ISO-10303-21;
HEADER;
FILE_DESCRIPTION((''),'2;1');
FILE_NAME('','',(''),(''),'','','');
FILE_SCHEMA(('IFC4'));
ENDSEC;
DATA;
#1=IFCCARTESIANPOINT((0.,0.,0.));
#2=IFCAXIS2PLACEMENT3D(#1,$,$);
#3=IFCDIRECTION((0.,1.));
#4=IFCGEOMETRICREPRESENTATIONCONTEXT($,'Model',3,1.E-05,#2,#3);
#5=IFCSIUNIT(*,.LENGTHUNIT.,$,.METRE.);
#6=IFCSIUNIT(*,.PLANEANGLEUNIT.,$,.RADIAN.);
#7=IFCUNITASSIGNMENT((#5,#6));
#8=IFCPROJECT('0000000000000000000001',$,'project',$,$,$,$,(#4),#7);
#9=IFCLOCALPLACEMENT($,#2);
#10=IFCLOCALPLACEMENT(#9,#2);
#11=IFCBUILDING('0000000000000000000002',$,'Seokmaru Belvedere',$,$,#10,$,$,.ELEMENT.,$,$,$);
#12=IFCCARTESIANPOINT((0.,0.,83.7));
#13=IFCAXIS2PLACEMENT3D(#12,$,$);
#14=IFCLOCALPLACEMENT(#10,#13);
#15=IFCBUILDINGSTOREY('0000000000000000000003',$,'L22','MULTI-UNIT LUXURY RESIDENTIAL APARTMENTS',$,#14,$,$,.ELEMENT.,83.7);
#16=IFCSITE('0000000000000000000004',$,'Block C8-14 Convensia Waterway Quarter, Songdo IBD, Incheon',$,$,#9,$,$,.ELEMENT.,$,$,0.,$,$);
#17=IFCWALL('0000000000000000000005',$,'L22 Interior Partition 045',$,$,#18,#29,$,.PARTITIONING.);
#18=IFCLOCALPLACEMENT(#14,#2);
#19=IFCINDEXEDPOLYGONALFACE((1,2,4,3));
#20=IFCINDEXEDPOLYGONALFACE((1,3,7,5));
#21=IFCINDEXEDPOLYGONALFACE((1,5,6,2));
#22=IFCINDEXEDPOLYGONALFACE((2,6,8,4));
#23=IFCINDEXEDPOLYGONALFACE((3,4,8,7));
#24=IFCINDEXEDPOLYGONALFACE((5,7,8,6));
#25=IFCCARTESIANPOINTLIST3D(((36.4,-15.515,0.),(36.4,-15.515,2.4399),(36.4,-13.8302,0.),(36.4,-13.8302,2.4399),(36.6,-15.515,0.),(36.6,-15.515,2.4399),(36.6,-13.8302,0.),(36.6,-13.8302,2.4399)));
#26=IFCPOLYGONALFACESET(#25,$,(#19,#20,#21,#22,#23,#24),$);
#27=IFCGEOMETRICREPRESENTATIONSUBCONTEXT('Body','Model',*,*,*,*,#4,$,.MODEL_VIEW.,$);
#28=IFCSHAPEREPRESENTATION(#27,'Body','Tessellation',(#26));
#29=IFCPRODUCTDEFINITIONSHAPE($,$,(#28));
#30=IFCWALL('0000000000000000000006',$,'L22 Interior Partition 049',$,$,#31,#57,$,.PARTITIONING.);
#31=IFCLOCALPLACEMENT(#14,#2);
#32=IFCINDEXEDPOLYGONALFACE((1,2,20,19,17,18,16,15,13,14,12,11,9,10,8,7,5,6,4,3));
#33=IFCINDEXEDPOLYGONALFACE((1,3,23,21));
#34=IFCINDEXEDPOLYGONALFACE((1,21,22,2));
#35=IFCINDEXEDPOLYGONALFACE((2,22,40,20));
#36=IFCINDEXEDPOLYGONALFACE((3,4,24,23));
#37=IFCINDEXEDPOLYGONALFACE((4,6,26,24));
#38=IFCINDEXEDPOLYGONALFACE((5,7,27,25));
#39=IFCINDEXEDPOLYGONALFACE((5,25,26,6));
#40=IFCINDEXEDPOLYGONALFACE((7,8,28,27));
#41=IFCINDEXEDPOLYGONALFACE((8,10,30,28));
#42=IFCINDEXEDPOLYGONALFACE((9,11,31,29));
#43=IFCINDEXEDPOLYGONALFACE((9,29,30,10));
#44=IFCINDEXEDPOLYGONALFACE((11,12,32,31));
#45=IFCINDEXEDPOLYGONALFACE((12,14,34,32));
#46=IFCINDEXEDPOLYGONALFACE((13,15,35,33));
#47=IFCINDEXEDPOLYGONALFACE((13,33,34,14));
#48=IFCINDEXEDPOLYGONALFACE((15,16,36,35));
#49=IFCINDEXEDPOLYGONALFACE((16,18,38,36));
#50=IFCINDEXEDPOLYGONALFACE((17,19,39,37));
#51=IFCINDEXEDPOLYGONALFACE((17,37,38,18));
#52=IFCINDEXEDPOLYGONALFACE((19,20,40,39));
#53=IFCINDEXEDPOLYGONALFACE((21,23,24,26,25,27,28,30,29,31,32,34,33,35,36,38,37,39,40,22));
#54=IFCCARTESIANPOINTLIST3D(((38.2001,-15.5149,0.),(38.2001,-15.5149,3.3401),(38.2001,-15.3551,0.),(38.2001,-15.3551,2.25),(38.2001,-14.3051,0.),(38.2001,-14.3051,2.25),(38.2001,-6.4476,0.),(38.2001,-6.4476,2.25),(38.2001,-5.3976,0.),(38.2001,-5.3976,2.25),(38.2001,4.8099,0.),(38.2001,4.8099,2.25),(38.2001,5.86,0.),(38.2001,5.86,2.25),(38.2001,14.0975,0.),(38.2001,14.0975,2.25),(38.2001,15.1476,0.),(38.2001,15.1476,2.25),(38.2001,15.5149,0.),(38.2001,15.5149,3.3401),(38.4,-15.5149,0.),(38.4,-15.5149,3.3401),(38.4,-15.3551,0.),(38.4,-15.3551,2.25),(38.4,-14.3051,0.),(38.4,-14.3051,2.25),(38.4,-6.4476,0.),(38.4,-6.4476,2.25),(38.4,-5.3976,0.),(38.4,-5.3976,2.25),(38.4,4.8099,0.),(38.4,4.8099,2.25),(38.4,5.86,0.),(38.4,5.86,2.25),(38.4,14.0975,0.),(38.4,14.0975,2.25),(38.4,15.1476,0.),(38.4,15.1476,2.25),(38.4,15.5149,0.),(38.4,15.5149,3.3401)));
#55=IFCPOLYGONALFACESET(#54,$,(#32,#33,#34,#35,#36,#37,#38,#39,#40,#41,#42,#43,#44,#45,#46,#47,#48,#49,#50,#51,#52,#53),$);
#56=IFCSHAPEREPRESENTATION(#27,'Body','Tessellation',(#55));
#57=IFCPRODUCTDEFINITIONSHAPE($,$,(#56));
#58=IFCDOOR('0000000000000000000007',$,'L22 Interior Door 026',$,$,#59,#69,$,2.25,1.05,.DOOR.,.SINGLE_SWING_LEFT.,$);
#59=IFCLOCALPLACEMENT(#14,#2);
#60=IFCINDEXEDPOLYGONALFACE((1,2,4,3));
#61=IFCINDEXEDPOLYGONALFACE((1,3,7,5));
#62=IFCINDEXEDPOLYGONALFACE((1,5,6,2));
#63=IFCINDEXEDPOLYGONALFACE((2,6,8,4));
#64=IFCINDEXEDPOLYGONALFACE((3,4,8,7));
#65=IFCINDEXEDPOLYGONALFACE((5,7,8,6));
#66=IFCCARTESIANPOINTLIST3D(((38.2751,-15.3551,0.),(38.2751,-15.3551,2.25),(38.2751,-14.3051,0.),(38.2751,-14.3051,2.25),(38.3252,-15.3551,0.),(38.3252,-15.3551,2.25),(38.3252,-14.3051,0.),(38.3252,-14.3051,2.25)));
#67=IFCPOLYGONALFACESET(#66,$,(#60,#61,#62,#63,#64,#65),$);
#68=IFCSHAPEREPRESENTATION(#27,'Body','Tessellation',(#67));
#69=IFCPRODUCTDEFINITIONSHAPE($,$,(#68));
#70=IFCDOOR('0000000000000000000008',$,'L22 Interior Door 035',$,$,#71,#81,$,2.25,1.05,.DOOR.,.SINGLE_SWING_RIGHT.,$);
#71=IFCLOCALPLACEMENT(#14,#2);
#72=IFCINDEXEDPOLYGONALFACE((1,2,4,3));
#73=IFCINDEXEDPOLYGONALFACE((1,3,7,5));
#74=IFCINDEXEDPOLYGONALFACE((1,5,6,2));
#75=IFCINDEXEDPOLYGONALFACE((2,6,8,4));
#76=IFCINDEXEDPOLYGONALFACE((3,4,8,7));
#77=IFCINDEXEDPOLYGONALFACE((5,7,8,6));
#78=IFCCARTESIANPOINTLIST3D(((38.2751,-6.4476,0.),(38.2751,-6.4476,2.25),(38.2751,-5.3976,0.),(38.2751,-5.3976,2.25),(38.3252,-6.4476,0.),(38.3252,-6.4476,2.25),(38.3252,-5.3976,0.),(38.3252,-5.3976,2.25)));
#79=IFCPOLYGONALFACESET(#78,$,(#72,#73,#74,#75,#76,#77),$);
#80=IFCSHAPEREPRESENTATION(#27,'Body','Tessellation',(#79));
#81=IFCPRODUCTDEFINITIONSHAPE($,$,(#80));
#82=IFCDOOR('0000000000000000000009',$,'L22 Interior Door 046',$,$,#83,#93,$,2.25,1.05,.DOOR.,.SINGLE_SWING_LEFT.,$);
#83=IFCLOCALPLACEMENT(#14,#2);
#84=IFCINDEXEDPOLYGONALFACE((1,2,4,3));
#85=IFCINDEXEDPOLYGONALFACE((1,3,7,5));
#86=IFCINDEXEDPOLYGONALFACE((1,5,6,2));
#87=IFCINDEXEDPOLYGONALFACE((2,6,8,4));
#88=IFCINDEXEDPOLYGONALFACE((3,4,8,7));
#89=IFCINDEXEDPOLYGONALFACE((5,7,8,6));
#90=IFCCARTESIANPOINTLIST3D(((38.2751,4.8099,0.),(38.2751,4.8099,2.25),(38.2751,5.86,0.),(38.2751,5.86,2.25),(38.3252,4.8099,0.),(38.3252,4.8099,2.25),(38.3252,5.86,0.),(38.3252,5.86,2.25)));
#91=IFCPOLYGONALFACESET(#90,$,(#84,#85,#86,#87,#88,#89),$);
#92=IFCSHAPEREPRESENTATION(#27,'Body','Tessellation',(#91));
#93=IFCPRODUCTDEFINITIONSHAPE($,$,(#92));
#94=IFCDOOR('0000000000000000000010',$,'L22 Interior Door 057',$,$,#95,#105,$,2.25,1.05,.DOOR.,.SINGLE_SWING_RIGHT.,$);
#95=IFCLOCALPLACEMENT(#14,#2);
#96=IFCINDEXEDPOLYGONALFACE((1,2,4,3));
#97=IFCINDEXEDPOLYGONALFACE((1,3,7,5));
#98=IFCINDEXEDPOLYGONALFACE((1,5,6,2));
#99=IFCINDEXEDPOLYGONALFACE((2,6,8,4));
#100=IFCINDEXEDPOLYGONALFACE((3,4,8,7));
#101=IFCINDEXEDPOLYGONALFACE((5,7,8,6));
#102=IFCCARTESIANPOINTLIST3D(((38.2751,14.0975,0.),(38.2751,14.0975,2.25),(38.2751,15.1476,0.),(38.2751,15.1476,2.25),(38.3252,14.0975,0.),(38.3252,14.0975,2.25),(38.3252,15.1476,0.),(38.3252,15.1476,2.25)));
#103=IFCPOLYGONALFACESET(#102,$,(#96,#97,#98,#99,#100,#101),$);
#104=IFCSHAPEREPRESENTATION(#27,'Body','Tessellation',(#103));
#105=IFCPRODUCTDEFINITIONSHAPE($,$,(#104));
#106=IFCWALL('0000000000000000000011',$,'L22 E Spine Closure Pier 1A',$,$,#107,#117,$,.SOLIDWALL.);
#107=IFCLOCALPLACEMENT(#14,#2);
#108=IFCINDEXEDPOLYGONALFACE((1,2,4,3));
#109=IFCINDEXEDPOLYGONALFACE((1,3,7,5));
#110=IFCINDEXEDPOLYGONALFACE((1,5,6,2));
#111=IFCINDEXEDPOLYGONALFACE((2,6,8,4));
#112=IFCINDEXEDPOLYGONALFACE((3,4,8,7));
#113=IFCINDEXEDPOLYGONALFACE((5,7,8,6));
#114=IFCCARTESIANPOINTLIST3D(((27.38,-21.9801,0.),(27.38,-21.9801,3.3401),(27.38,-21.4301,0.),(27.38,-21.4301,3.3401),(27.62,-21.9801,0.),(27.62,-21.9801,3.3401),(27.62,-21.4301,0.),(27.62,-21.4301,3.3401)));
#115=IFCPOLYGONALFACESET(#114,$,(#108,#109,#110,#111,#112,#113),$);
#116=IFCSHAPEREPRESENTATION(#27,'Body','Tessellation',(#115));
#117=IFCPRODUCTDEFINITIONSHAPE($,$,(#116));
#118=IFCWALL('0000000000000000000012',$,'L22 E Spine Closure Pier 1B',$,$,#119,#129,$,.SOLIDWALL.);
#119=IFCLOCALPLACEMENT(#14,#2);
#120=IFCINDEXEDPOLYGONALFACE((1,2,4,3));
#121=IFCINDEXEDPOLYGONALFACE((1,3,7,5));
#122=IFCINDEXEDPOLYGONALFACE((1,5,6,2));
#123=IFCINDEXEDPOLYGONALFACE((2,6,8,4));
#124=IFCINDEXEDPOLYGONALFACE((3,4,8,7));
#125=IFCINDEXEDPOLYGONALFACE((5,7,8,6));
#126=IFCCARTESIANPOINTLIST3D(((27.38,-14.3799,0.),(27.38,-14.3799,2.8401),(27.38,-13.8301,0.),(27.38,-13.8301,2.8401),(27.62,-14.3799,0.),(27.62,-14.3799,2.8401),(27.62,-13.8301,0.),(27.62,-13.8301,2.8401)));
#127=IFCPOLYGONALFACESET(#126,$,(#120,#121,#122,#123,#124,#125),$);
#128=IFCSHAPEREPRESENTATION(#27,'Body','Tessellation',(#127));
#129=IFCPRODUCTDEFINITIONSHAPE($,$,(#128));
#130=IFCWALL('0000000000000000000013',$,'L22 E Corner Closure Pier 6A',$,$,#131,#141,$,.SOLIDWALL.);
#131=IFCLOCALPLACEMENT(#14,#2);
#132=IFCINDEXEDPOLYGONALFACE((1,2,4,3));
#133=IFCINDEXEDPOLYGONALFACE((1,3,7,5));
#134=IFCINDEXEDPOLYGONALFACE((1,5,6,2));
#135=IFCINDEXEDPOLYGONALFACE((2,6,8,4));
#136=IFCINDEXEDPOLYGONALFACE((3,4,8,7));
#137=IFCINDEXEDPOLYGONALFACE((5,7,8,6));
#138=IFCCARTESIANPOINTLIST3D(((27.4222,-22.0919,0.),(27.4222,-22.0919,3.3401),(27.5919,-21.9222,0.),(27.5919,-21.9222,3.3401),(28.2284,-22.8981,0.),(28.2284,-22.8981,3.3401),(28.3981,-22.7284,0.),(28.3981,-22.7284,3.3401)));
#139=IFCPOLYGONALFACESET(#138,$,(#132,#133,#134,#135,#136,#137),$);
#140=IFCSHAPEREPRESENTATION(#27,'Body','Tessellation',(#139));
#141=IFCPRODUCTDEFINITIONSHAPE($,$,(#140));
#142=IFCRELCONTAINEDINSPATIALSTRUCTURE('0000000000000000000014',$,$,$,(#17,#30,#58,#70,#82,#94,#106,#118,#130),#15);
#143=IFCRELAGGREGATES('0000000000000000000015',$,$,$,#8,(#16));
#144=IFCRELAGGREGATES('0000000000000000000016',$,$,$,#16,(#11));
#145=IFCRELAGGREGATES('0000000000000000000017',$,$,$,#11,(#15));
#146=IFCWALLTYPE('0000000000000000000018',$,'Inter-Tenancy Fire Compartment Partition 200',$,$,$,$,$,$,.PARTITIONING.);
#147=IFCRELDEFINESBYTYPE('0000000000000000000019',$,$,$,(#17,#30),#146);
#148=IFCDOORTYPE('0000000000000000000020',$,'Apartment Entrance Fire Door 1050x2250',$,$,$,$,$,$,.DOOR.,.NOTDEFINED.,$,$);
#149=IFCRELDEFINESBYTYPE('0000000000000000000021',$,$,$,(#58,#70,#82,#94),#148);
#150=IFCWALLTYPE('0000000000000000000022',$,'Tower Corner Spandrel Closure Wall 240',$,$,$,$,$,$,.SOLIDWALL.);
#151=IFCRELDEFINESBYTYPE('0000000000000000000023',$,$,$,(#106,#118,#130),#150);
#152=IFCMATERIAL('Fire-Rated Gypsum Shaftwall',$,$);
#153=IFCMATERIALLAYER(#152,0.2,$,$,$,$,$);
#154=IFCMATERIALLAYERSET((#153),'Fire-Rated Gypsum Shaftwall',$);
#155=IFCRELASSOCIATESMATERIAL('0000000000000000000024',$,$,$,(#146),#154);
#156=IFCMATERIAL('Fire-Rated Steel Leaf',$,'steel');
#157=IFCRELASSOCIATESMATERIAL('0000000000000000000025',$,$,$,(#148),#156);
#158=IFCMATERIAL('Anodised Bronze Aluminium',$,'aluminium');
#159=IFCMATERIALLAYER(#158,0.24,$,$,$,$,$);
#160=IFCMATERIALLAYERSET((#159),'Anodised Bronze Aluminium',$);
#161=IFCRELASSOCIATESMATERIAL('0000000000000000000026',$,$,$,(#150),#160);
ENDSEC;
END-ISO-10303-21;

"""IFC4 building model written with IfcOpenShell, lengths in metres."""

from ifc_helpers import new_model, si_unit, direction, frame, frame_2d, origin, place, context, subcontext, project, spatial, rectangle, extrude, source, transform, mapped, material, layer, layer_set, type_object, type_shapes, element, fill, save


model = new_model("IFC4")

# Units and contexts
model_context = context("Model", 3, precision=1e-05, world=origin(), true_north=direction((0.0, 1.0)))
body_context = subcontext(model_context, "Body", "Model", "MODEL_VIEW")
ifc_project = project(units=[si_unit("LENGTHUNIT", "METRE"), si_unit("PLANEANGLEUNIT", "RADIAN")], contexts=[model_context])

# Site, building, storey
site_placement = place(None, origin())
site = spatial("IfcSite", under=ifc_project, at=site_placement, Name="Block C8-14 Convensia Waterway Quarter, Songdo IBD, Incheon", CompositionType="ELEMENT", RefElevation=0.0)
building_placement = place(site_placement, origin())
building = spatial("IfcBuilding", under=site, at=building_placement, Name="Seokmaru Belvedere", CompositionType="ELEMENT")
storey_placement = place(building_placement, frame((0.0, 0.0, 83.7)))
storey = spatial("IfcBuildingStorey", under=building, at=storey_placement, Name="L22", Description="MULTI-UNIT LUXURY RESIDENTIAL APARTMENTS", CompositionType="ELEMENT", Elevation=83.7)

# Shared definitions
ifc_material_1 = material(Name="Anodised Bronze Aluminium", Category="aluminium")

# Shared definitions
ifc_material_2 = material(Name="Fire-Rated Gypsum Shaftwall")

# Wall
ifc_layer_1 = layer(ifc_material_2, 0.2)
ifc_layer_set_1 = layer_set([ifc_layer_1], Name="Fire-Rated Gypsum Shaftwall")
wall_type_1 = type_object("IfcWallType", Name="Inter-Tenancy Fire Compartment Partition 200", PredefinedType="PARTITIONING", material=ifc_layer_set_1)
wall_1_placement = place(storey_placement, frame((36.5, -15.5149, 0.0), z_axis=(0.0, 0.0, 1.0), x_axis=(0.0, 1.0, 0.0)))
element("IfcWall", 1, at=wall_1_placement, inside=storey, type_object=wall_type_1, Name="L22 Interior Partition 045", PredefinedType="PARTITIONING", context=body_context, shape_type="SweptSolid", body=[
    extrude(rectangle(XDim=1.6848, YDim=0.2, at=frame_2d((0.8423, 0.0))), origin(), (0.0, 0.0, 1.0), 2.4399),
])

# Wall, openings, doors
wall_2_placement = place(storey_placement, frame((38.3, -15.5149, 0.0), z_axis=(0.0, 0.0, 1.0), x_axis=(0.0, 1.0, 0.0)))
wall_2 = element("IfcWall", 2, at=wall_2_placement, inside=storey, type_object=wall_type_1, Name="L22 Interior Partition 049", PredefinedType="PARTITIONING", context=body_context, shape_type="SweptSolid", body=[
    extrude(rectangle(XDim=31.0298, YDim=0.2, at=frame_2d((15.5149, 0.0))), origin(), (0.0, 0.0, 1.0), 3.3401),
])
opening_1_placement = place(wall_2_placement, frame((0.1599, 0.0, 0.0)))
opening_1 = element("IfcOpeningElement", 3, at=opening_1_placement, cuts=wall_2, PredefinedType="OPENING", context=body_context, shape_type="SweptSolid", body=[
    extrude(rectangle(XDim=1.05, YDim=2.25, at=frame_2d((0.5249, 1.125))), frame((0.0, 0.1099, 0.0), z_axis=(0.0, -1.0, 0.0), x_axis=(1.0, 0.0, 0.0)), (0.0, 0.0, 1.0), 0.22),
])
opening_2_placement = place(wall_2_placement, frame((9.0674, 0.0, 0.0)))
opening_2 = element("IfcOpeningElement", 4, at=opening_2_placement, cuts=wall_2, PredefinedType="OPENING", context=body_context, shape_type="SweptSolid", body=[
    extrude(rectangle(XDim=1.05, YDim=2.25, at=frame_2d((0.5249, 1.125))), frame((0.0, 0.1099, 0.0), z_axis=(0.0, -1.0, 0.0), x_axis=(1.0, 0.0, 0.0)), (0.0, 0.0, 1.0), 0.22),
])
opening_3_placement = place(wall_2_placement, frame((20.325, 0.0, 0.0)))
opening_3 = element("IfcOpeningElement", 5, at=opening_3_placement, cuts=wall_2, PredefinedType="OPENING", context=body_context, shape_type="SweptSolid", body=[
    extrude(rectangle(XDim=1.05, YDim=2.25, at=frame_2d((0.5249, 1.125))), frame((0.0, 0.1099, 0.0), z_axis=(0.0, -1.0, 0.0), x_axis=(1.0, 0.0, 0.0)), (0.0, 0.0, 1.0), 0.22),
])
opening_4_placement = place(wall_2_placement, frame((29.6125, 0.0, 0.0)))
opening_4 = element("IfcOpeningElement", 6, at=opening_4_placement, cuts=wall_2, PredefinedType="OPENING", context=body_context, shape_type="SweptSolid", body=[
    extrude(rectangle(XDim=1.05, YDim=2.25, at=frame_2d((0.5249, 1.125))), frame((0.0, 0.1099, 0.0), z_axis=(0.0, -1.0, 0.0), x_axis=(1.0, 0.0, 0.0)), (0.0, 0.0, 1.0), 0.22),
])
ifc_material_3 = material(Name="Fire-Rated Steel Leaf", Category="steel")
door_type = type_object("IfcDoorType", Name="Apartment Entrance Fire Door 1050x2250", OperationType="NOTDEFINED", PredefinedType="DOOR", material=ifc_material_3)
shared_shape_1 = source(origin(), body_context, "Body", "SweptSolid", [
    extrude(rectangle(XDim=1.05, YDim=2.25, at=frame_2d((0.5249, 1.125))), frame((0.0, 0.0249, 0.0), z_axis=(0.0, -1.0, 0.0), x_axis=(1.0, 0.0, 0.0)), (0.0, 0.0, 1.0), 0.05),
])
type_shapes(door_type, [shared_shape_1])
door_1_placement = place(opening_1_placement, origin())
door_1 = element("IfcDoor", 7, at=door_1_placement, inside=storey, type_object=door_type, Name="L22 Interior Door 026", OperationType="SINGLE_SWING_LEFT", OverallHeight=2.25, OverallWidth=1.05, PredefinedType="DOOR", context=body_context, shape_type="MappedRepresentation", body=[
    mapped(shared_shape_1, transform((0.0, 0.0, 0.0), scale=1.0)),
])
fill(opening_1, door_1)
door_2_placement = place(opening_2_placement, origin())
door_2 = element("IfcDoor", 8, at=door_2_placement, inside=storey, type_object=door_type, Name="L22 Interior Door 035", OperationType="SINGLE_SWING_RIGHT", OverallHeight=2.25, OverallWidth=1.05, PredefinedType="DOOR", context=body_context, shape_type="MappedRepresentation", body=[
    mapped(shared_shape_1, transform((0.0, 0.0, 0.0), scale=1.0)),
])
fill(opening_2, door_2)
door_3_placement = place(opening_3_placement, origin())
door_3 = element("IfcDoor", 9, at=door_3_placement, inside=storey, type_object=door_type, Name="L22 Interior Door 046", OperationType="SINGLE_SWING_LEFT", OverallHeight=2.25, OverallWidth=1.05, PredefinedType="DOOR", context=body_context, shape_type="MappedRepresentation", body=[
    mapped(shared_shape_1, transform((0.0, 0.0, 0.0), scale=1.0)),
])
fill(opening_3, door_3)
door_4_placement = place(opening_4_placement, origin())
door_4 = element("IfcDoor", 10, at=door_4_placement, inside=storey, type_object=door_type, Name="L22 Interior Door 057", OperationType="SINGLE_SWING_RIGHT", OverallHeight=2.25, OverallWidth=1.05, PredefinedType="DOOR", context=body_context, shape_type="MappedRepresentation", body=[
    mapped(shared_shape_1, transform((0.0, 0.0, 0.0), scale=1.0)),
])
fill(opening_4, door_4)

# Walls
ifc_layer_2 = layer(ifc_material_1, 0.24)
ifc_layer_set_2 = layer_set([ifc_layer_2], Name="Anodised Bronze Aluminium")
wall_type_2 = type_object("IfcWallType", Name="Tower Corner Spandrel Closure Wall 240", PredefinedType="SOLIDWALL", material=ifc_layer_set_2)
wall_3_placement = place(storey_placement, frame((27.5, -21.98, 0.0), z_axis=(0.0, 0.0, 1.0), x_axis=(0.0, 1.0, 0.0)))
element("IfcWall", 11, at=wall_3_placement, inside=storey, type_object=wall_type_2, Name="L22 E Spine Closure Pier 1A", PredefinedType="SOLIDWALL", context=body_context, shape_type="SweptSolid", body=[
    extrude(rectangle(XDim=0.55, YDim=0.24, at=frame_2d((0.2749, 0.0))), origin(), (0.0, 0.0, 1.0), 3.3401),
])
wall_4_placement = place(storey_placement, frame((27.5, -14.3799, 0.0), z_axis=(0.0, 0.0, 1.0), x_axis=(0.0, 1.0, 0.0)))
element("IfcWall", 12, at=wall_4_placement, inside=storey, type_object=wall_type_2, Name="L22 E Spine Closure Pier 1B", PredefinedType="SOLIDWALL", context=body_context, shape_type="SweptSolid", body=[
    extrude(rectangle(XDim=0.5498, YDim=0.24, at=frame_2d((0.2749, 0.0))), origin(), (0.0, 0.0, 1.0), 2.8401),
])
wall_5_placement = place(storey_placement, frame((27.5071, -22.0071, 0.0), z_axis=(0.0, 0.0, 1.0), x_axis=(0.707107, -0.707107, 0.0)))
element("IfcWall", 13, at=wall_5_placement, inside=storey, type_object=wall_type_2, Name="L22 E Corner Closure Pier 6A", PredefinedType="SOLIDWALL", context=body_context, shape_type="SweptSolid", body=[
    extrude(rectangle(XDim=1.1401, YDim=0.24, at=frame_2d((0.5701, 0.0))), origin(), (0.0, 0.0, 1.0), 3.3401),
])

save(model, "model.ifc")
